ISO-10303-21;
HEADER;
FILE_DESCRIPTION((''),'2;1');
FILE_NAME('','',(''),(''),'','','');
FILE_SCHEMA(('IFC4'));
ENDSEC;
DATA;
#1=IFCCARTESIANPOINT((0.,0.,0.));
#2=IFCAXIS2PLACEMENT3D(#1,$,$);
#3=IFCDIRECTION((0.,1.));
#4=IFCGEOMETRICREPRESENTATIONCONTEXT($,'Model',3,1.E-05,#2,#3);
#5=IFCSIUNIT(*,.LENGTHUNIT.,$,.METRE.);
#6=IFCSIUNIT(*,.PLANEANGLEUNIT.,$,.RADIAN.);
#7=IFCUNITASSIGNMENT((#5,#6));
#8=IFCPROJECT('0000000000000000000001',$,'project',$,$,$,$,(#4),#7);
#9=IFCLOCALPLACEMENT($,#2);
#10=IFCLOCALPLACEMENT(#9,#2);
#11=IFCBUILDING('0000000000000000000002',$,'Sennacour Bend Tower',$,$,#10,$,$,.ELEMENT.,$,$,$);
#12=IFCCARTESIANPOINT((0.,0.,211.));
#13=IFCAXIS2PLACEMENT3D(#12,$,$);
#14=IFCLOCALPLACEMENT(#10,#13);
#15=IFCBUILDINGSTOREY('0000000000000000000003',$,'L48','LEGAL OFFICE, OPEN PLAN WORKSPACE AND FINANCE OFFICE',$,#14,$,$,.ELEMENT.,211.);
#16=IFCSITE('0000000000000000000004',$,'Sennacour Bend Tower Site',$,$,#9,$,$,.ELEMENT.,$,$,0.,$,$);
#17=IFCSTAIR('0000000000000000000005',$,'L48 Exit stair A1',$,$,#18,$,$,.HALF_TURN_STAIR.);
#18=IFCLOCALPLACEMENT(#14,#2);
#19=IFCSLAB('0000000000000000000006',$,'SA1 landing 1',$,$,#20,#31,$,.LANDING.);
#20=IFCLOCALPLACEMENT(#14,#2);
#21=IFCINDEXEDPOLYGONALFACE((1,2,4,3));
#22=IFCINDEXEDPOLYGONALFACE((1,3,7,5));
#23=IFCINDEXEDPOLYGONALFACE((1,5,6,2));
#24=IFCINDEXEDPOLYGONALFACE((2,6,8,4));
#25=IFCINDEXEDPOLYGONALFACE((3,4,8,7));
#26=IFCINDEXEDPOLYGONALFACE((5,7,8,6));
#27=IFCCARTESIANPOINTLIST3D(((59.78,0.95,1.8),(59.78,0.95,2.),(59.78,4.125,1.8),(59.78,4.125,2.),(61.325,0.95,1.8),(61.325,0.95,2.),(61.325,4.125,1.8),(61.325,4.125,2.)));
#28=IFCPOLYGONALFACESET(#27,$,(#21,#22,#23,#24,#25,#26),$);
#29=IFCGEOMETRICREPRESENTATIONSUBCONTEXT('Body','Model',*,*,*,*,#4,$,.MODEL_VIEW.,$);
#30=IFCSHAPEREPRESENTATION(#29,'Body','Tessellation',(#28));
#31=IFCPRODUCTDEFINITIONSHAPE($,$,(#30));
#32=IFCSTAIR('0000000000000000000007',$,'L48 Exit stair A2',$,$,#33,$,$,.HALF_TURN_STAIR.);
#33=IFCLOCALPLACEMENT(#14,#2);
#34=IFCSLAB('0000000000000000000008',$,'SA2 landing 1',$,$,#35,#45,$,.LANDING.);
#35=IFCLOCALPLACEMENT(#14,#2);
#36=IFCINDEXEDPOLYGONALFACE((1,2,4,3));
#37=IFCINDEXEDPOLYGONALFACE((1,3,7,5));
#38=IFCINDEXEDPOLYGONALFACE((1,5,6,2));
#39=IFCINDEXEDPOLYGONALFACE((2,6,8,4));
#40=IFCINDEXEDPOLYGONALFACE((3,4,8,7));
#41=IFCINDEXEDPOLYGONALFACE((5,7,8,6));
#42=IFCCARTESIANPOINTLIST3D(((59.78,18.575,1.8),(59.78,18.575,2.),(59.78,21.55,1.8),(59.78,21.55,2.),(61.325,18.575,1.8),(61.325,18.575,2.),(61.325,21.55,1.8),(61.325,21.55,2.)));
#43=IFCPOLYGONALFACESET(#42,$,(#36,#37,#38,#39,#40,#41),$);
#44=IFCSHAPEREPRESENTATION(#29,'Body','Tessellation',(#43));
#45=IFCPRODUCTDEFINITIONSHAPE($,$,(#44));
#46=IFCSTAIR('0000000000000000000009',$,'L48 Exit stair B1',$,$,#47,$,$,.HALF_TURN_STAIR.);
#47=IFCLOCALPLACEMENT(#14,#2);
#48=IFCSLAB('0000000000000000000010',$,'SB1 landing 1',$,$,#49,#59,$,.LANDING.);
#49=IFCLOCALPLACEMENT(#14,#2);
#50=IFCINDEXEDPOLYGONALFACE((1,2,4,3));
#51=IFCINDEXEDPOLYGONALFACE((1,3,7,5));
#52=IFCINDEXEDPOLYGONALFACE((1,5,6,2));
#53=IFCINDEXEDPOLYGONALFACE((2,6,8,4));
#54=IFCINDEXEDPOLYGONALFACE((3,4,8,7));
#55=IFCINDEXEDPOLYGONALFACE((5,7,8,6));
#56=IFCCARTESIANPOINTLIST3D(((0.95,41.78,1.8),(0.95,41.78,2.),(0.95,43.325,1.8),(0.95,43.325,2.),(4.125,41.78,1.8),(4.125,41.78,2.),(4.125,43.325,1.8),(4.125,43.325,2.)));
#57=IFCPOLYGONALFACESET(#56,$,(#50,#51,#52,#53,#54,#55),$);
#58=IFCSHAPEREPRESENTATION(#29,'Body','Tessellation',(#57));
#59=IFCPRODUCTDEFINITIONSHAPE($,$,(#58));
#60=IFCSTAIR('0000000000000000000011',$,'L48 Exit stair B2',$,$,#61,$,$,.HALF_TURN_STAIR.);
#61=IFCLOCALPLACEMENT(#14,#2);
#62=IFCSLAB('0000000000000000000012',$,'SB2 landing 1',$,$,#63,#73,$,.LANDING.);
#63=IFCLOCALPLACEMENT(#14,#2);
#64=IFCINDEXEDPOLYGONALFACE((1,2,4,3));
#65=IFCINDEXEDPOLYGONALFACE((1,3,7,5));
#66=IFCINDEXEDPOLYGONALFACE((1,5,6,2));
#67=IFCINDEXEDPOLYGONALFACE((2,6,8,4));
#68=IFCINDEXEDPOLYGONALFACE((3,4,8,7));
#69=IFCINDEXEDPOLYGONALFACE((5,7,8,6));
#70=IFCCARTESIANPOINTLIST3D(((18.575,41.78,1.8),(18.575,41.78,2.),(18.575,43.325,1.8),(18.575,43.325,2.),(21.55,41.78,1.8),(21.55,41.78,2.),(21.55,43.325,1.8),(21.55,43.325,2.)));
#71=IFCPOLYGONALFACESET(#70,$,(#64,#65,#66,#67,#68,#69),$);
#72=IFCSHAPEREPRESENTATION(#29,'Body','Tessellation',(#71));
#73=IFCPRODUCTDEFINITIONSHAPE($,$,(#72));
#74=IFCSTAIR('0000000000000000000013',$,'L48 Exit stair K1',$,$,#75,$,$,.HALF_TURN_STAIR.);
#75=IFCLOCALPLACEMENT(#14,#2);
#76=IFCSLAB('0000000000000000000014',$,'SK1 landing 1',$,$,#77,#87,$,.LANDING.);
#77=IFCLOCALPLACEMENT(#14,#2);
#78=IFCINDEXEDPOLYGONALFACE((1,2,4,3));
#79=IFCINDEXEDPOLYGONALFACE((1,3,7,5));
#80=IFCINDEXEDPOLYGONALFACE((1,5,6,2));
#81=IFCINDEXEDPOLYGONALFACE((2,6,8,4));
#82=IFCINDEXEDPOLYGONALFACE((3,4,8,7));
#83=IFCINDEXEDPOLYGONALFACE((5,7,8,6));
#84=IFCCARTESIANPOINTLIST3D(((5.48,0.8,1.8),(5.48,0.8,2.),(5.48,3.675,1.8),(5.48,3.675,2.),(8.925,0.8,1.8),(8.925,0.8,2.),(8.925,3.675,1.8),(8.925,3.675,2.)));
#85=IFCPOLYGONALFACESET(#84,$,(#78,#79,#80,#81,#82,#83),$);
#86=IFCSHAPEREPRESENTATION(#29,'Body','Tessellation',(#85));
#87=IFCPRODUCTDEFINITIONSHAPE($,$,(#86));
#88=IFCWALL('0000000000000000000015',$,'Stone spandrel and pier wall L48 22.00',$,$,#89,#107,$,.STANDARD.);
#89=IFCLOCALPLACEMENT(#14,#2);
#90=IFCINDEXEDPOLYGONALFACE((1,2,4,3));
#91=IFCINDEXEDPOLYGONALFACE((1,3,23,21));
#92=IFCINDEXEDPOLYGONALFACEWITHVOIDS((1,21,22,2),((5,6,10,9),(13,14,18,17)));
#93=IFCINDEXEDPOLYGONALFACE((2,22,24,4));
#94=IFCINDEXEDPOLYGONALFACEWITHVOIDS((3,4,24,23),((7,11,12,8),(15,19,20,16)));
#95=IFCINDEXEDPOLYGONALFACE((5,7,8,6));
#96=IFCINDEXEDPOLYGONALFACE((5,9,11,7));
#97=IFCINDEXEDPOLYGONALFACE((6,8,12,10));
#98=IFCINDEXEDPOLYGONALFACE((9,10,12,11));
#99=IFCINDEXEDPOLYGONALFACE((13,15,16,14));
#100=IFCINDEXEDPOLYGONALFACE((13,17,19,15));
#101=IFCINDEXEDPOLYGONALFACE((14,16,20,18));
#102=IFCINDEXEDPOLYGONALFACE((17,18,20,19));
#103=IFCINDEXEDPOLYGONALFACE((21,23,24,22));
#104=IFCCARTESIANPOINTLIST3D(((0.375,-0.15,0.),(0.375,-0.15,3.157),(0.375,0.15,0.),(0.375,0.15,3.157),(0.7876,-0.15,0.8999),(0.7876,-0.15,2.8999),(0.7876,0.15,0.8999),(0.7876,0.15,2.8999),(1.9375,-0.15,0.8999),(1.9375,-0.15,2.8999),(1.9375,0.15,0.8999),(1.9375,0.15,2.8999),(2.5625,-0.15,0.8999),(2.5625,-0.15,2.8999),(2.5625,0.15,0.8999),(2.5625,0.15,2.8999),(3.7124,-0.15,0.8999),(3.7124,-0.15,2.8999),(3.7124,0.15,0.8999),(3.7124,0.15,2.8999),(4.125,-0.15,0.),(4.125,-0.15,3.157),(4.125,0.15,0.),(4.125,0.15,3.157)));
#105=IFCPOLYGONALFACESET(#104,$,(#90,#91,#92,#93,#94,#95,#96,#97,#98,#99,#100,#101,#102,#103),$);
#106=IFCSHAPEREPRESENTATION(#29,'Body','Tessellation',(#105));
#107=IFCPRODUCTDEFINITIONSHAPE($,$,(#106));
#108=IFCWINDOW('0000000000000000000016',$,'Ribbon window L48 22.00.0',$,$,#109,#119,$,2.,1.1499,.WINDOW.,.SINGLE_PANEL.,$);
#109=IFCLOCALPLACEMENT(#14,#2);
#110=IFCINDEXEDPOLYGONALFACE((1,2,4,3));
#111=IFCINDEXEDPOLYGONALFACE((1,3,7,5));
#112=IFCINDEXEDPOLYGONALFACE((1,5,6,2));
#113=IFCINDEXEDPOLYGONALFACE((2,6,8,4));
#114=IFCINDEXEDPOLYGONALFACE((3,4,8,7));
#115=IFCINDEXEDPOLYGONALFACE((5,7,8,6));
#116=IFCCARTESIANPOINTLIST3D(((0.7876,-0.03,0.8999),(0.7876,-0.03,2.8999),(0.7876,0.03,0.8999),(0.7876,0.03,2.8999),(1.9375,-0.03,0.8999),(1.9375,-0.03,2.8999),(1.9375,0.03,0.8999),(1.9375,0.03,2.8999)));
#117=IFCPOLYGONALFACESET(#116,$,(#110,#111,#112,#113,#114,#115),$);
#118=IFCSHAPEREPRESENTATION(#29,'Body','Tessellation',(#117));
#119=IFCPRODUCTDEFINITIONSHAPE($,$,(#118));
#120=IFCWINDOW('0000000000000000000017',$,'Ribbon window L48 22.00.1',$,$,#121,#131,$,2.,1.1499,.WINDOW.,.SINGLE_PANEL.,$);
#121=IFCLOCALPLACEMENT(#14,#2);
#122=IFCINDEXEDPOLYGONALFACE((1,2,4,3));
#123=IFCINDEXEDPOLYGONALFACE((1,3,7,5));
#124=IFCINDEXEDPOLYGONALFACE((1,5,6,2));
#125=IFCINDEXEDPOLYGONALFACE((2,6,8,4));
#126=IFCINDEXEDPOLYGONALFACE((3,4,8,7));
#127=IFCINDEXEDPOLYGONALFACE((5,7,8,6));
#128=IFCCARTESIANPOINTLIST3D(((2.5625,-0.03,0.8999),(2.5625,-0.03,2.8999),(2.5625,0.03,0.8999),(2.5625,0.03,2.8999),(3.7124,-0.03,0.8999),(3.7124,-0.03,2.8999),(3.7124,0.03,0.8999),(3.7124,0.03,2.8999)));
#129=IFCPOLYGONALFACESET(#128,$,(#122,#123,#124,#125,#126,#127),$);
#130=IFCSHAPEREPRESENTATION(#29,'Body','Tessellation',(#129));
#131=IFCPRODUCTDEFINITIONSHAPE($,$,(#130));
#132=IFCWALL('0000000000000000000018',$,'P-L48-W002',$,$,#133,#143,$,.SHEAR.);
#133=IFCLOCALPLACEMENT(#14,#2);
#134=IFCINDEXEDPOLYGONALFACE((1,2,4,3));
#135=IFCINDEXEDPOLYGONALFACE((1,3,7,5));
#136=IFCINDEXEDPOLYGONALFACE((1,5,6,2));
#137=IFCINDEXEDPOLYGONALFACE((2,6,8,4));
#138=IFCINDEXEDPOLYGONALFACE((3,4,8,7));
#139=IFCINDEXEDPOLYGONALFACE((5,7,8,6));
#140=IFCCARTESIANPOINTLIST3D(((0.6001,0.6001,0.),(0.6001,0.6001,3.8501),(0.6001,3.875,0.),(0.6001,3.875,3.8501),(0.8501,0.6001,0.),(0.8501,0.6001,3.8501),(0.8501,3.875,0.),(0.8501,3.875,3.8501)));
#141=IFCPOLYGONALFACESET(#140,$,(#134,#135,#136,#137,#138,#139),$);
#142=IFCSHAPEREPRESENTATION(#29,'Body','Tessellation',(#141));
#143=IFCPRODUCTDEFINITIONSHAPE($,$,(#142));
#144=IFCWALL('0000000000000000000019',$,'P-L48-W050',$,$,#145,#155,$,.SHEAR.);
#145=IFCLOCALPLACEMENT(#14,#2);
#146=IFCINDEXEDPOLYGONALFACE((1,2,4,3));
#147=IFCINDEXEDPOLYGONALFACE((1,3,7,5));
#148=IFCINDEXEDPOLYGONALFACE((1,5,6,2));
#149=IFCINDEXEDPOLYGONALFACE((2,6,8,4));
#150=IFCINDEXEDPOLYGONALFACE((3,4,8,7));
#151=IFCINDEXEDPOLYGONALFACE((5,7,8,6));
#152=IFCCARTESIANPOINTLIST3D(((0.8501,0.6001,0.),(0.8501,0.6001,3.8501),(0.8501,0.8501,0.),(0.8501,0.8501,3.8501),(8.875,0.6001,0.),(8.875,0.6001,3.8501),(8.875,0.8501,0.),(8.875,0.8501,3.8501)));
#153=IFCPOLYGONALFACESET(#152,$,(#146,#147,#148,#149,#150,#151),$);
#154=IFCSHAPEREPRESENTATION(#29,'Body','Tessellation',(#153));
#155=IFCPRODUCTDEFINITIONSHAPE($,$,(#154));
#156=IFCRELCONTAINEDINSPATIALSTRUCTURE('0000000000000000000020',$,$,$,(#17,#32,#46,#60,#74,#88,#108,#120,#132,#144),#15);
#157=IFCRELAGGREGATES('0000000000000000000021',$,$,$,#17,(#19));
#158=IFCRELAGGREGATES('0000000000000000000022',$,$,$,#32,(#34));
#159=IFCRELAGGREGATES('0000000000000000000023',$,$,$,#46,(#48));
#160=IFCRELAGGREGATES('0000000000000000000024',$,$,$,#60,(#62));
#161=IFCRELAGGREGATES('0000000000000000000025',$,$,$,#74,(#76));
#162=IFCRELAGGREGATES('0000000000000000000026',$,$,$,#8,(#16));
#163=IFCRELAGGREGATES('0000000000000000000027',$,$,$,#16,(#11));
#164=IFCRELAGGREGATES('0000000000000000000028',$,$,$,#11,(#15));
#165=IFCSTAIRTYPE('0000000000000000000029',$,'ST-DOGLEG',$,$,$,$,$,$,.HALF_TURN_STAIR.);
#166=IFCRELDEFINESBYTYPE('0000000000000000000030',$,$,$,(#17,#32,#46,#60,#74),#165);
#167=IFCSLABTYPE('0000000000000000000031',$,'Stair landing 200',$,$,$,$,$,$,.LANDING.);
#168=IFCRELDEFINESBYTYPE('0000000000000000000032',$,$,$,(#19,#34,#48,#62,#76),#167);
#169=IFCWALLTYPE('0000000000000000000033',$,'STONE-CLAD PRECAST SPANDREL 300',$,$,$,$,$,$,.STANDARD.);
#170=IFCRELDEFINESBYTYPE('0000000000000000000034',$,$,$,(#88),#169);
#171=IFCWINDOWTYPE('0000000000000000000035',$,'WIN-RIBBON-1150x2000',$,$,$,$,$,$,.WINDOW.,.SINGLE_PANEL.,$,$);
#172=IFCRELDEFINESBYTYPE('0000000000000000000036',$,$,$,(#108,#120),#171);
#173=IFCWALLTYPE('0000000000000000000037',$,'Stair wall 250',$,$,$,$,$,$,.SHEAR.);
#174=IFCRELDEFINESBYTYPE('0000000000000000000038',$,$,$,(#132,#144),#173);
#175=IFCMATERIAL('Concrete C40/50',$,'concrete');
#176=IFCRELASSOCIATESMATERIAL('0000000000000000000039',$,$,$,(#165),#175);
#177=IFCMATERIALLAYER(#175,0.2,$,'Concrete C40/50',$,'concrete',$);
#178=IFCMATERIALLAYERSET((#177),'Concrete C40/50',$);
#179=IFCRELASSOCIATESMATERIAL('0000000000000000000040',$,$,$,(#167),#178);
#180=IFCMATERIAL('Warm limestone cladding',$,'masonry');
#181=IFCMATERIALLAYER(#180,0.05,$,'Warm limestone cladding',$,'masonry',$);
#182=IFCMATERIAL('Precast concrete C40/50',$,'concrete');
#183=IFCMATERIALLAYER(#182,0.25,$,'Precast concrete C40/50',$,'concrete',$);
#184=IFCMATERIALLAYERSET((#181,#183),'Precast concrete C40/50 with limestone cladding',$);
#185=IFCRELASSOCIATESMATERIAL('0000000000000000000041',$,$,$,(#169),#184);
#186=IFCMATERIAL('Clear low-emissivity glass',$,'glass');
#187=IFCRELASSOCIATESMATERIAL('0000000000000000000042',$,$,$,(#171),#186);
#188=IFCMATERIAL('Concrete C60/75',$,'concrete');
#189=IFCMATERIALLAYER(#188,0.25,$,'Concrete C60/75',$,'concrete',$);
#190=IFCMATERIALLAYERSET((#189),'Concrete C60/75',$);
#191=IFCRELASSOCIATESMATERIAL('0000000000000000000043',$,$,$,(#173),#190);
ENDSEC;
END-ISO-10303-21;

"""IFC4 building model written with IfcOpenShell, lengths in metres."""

from ifc_helpers import new_model, si_unit, direction, frame, frame_2d, origin, place, context, subcontext, project, spatial, polyline, rectangle, outline, extrude, material, layer, layer_set, type_object, element, fill, aggregate, save


model = new_model("IFC4")

# Units and contexts
model_context = context("Model", 3, precision=1e-05, world=origin(), true_north=direction((0.0, 1.0)))
body_context = subcontext(model_context, "Body", "Model", "MODEL_VIEW")
ifc_project = project(units=[si_unit("LENGTHUNIT", "METRE"), si_unit("PLANEANGLEUNIT", "RADIAN")], contexts=[model_context])

# Site, building, storey
site_placement = place(None, origin())
site = spatial("IfcSite", under=ifc_project, at=site_placement, Name="Sennacour Bend Tower Site", CompositionType="ELEMENT", RefElevation=0.0)
building_placement = place(site_placement, origin())
building = spatial("IfcBuilding", under=site, at=building_placement, Name="Sennacour Bend Tower", CompositionType="ELEMENT")
storey_placement = place(building_placement, frame((0.0, 0.0, 211.0)))
storey = spatial("IfcBuildingStorey", under=building, at=storey_placement, Name="L48", Description="LEGAL OFFICE, OPEN PLAN WORKSPACE AND FINANCE OFFICE", CompositionType="ELEMENT", Elevation=211.0)

# Shared definitions
ifc_material_1 = material(Name="Concrete C40/50", Category="concrete")

# Stairs, slabs
stair_type = type_object("IfcStairType", Name="ST-DOGLEG", PredefinedType="HALF_TURN_STAIR", material=ifc_material_1)
stair_1_placement = place(storey_placement, origin())
stair_1 = element("IfcStair", 1, at=stair_1_placement, inside=storey, type_object=stair_type, Name="L48 Exit stair A1", PredefinedType="HALF_TURN_STAIR")
ifc_layer_1 = layer(ifc_material_1, 0.2, Name="Concrete C40/50", Category="concrete")
ifc_layer_set_1 = layer_set([ifc_layer_1], Name="Concrete C40/50")
slab_type_1 = type_object("IfcSlabType", Name="Stair landing 200", PredefinedType="LANDING", material=ifc_layer_set_1)
slab_1_placement = place(storey_placement, frame((0.0, 0.0, 1.8)))
slab_1 = element("IfcSlab", 2, at=slab_1_placement, type_object=slab_type_1, Name="SA1 landing 1", PredefinedType="LANDING", context=body_context, shape_type="SweptSolid", body=[
    extrude(outline(polyline([(59.78, 0.95), (61.325, 0.95), (61.325, 4.125), (59.78, 4.125), (59.78, 0.95)])), origin(), (0.0, 0.0, 1.0), 0.2),
])
aggregate(stair_1, [slab_1])
stair_2_placement = place(storey_placement, origin())
stair_2 = element("IfcStair", 3, at=stair_2_placement, inside=storey, type_object=stair_type, Name="L48 Exit stair A2", PredefinedType="HALF_TURN_STAIR")
slab_2_placement = place(storey_placement, frame((0.0, 0.0, 1.8)))
slab_2 = element("IfcSlab", 4, at=slab_2_placement, type_object=slab_type_1, Name="SA2 landing 1", PredefinedType="LANDING", context=body_context, shape_type="SweptSolid", body=[
    extrude(outline(polyline([(59.78, 18.575), (61.325, 18.575), (61.325, 21.55), (59.78, 21.55), (59.78, 18.575)])), origin(), (0.0, 0.0, 1.0), 0.2),
])
aggregate(stair_2, [slab_2])
stair_3_placement = place(storey_placement, origin())
stair_3 = element("IfcStair", 5, at=stair_3_placement, inside=storey, type_object=stair_type, Name="L48 Exit stair B1", PredefinedType="HALF_TURN_STAIR")
slab_3_placement = place(storey_placement, frame((0.0, 0.0, 1.8)))
slab_3 = element("IfcSlab", 6, at=slab_3_placement, type_object=slab_type_1, Name="SB1 landing 1", PredefinedType="LANDING", context=body_context, shape_type="SweptSolid", body=[
    extrude(outline(polyline([(0.95, 41.78), (4.125, 41.78), (4.125, 43.325), (0.95, 43.325), (0.95, 41.78)])), origin(), (0.0, 0.0, 1.0), 0.2),
])
aggregate(stair_3, [slab_3])
stair_4_placement = place(storey_placement, origin())
stair_4 = element("IfcStair", 7, at=stair_4_placement, inside=storey, type_object=stair_type, Name="L48 Exit stair B2", PredefinedType="HALF_TURN_STAIR")
slab_4_placement = place(storey_placement, frame((0.0, 0.0, 1.8)))
slab_4 = element("IfcSlab", 8, at=slab_4_placement, type_object=slab_type_1, Name="SB2 landing 1", PredefinedType="LANDING", context=body_context, shape_type="SweptSolid", body=[
    extrude(outline(polyline([(18.575, 41.78), (21.55, 41.78), (21.55, 43.325), (18.575, 43.325), (18.575, 41.78)])), origin(), (0.0, 0.0, 1.0), 0.2),
])
aggregate(stair_4, [slab_4])
stair_5_placement = place(storey_placement, origin())
stair_5 = element("IfcStair", 9, at=stair_5_placement, inside=storey, type_object=stair_type, Name="L48 Exit stair K1", PredefinedType="HALF_TURN_STAIR")
slab_5_placement = place(storey_placement, frame((0.0, 0.0, 1.8)))
slab_5 = element("IfcSlab", 10, at=slab_5_placement, type_object=slab_type_1, Name="SK1 landing 1", PredefinedType="LANDING", context=body_context, shape_type="SweptSolid", body=[
    extrude(outline(polyline([(5.48, 0.8), (8.925, 0.8), (8.925, 3.675), (5.48, 3.675), (5.48, 0.8)])), origin(), (0.0, 0.0, 1.0), 0.2),
])
aggregate(stair_5, [slab_5])

# Wall, openings, windows
ifc_material_2 = material(Name="Warm limestone cladding", Category="masonry")
ifc_layer_2 = layer(ifc_material_2, 0.05, Name="Warm limestone cladding", Category="masonry")
ifc_material_3 = material(Name="Precast concrete C40/50", Category="concrete")
ifc_layer_3 = layer(ifc_material_3, 0.25, Name="Precast concrete C40/50", Category="concrete")
ifc_layer_set_2 = layer_set([ifc_layer_2, ifc_layer_3], Name="Precast concrete C40/50 with limestone cladding")
wall_type_1 = type_object("IfcWallType", Name="STONE-CLAD PRECAST SPANDREL 300", PredefinedType="STANDARD", material=ifc_layer_set_2)
wall_1_placement = place(storey_placement, frame((0.375, 0.0, 0.0), z_axis=(0.0, 0.0, 1.0), x_axis=(1.0, 0.0, 0.0)))
wall_1 = element("IfcWall", 11, at=wall_1_placement, inside=storey, type_object=wall_type_1, Name="Stone spandrel and pier wall L48 22.00", PredefinedType="STANDARD", context=body_context, shape_type="SweptSolid", body=[
    extrude(rectangle(XDim=3.75, YDim=0.3, at=frame_2d((1.875, 0.0))), origin(), (0.0, 0.0, 1.0), 3.157),
])
opening_1_placement = place(wall_1_placement, frame((0.4126, 0.0, 0.8999)))
opening_1 = element("IfcOpeningElement", 12, at=opening_1_placement, cuts=wall_1, PredefinedType="OPENING", context=body_context, shape_type="SweptSolid", body=[
    extrude(rectangle(XDim=1.1499, YDim=2.0, at=frame_2d((0.575, 1.0))), frame((0.0, 0.1602, 0.0), z_axis=(0.0, -1.0, 0.0), x_axis=(1.0, 0.0, 0.0)), (0.0, 0.0, 1.0), 0.3201),
])
opening_2_placement = place(wall_1_placement, frame((2.1875, 0.0, 0.8999)))
opening_2 = element("IfcOpeningElement", 13, at=opening_2_placement, cuts=wall_1, PredefinedType="OPENING", context=body_context, shape_type="SweptSolid", body=[
    extrude(rectangle(XDim=1.1499, YDim=2.0, at=frame_2d((0.575, 1.0))), frame((0.0, 0.1602, 0.0), z_axis=(0.0, -1.0, 0.0), x_axis=(1.0, 0.0, 0.0)), (0.0, 0.0, 1.0), 0.3201),
])
ifc_material_4 = material(Name="Clear low-emissivity glass", Category="glass")
window_type = type_object("IfcWindowType", Name="WIN-RIBBON-1150x2000", PartitioningType="SINGLE_PANEL", PredefinedType="WINDOW", material=ifc_material_4)
window_1_placement = place(opening_1_placement, origin())
window_1 = element("IfcWindow", 14, at=window_1_placement, inside=storey, type_object=window_type, Name="Ribbon window L48 22.00.0", OverallHeight=2.0, OverallWidth=1.1499, PartitioningType="SINGLE_PANEL", PredefinedType="WINDOW", context=body_context, shape_type="SweptSolid", body=[
    extrude(rectangle(XDim=1.1499, YDim=2.0, at=frame_2d((0.575, 1.0))), frame((0.0, 0.03, 0.0), z_axis=(0.0, -1.0, 0.0), x_axis=(1.0, 0.0, 0.0)), (0.0, 0.0, 1.0), 0.0601),
])
fill(opening_1, window_1)
window_2_placement = place(opening_2_placement, origin())
window_2 = element("IfcWindow", 15, at=window_2_placement, inside=storey, type_object=window_type, Name="Ribbon window L48 22.00.1", OverallHeight=2.0, OverallWidth=1.1499, PartitioningType="SINGLE_PANEL", PredefinedType="WINDOW", context=body_context, shape_type="SweptSolid", body=[
    extrude(rectangle(XDim=1.1499, YDim=2.0, at=frame_2d((0.575, 1.0))), frame((0.0, 0.03, 0.0), z_axis=(0.0, -1.0, 0.0), x_axis=(1.0, 0.0, 0.0)), (0.0, 0.0, 1.0), 0.0601),
])
fill(opening_2, window_2)

# Walls
ifc_material_5 = material(Name="Concrete C60/75", Category="concrete")
ifc_layer_4 = layer(ifc_material_5, 0.25, Name="Concrete C60/75", Category="concrete")
ifc_layer_set_3 = layer_set([ifc_layer_4], Name="Concrete C60/75")
wall_type_2 = type_object("IfcWallType", Name="Stair wall 250", PredefinedType="SHEAR", material=ifc_layer_set_3)
wall_2_placement = place(storey_placement, frame((0.7251, 0.6001, 0.0), z_axis=(0.0, 0.0, 1.0), x_axis=(0.0, 1.0, 0.0)))
element("IfcWall", 16, at=wall_2_placement, inside=storey, type_object=wall_type_2, Name="P-L48-W002", PredefinedType="SHEAR", context=body_context, shape_type="SweptSolid", body=[
    extrude(rectangle(XDim=3.2749, YDim=0.25, at=frame_2d((1.6375, 0.0))), origin(), (0.0, 0.0, 1.0), 3.8501),
])
wall_3_placement = place(storey_placement, frame((0.8501, 0.7251, 0.0), z_axis=(0.0, 0.0, 1.0), x_axis=(1.0, 0.0, 0.0)))
element("IfcWall", 17, at=wall_3_placement, inside=storey, type_object=wall_type_2, Name="P-L48-W050", PredefinedType="SHEAR", context=body_context, shape_type="SweptSolid", body=[
    extrude(rectangle(XDim=8.0249, YDim=0.25, at=frame_2d((4.0125, 0.0))), origin(), (0.0, 0.0, 1.0), 3.8501),
])

save(model, "model.ifc")
